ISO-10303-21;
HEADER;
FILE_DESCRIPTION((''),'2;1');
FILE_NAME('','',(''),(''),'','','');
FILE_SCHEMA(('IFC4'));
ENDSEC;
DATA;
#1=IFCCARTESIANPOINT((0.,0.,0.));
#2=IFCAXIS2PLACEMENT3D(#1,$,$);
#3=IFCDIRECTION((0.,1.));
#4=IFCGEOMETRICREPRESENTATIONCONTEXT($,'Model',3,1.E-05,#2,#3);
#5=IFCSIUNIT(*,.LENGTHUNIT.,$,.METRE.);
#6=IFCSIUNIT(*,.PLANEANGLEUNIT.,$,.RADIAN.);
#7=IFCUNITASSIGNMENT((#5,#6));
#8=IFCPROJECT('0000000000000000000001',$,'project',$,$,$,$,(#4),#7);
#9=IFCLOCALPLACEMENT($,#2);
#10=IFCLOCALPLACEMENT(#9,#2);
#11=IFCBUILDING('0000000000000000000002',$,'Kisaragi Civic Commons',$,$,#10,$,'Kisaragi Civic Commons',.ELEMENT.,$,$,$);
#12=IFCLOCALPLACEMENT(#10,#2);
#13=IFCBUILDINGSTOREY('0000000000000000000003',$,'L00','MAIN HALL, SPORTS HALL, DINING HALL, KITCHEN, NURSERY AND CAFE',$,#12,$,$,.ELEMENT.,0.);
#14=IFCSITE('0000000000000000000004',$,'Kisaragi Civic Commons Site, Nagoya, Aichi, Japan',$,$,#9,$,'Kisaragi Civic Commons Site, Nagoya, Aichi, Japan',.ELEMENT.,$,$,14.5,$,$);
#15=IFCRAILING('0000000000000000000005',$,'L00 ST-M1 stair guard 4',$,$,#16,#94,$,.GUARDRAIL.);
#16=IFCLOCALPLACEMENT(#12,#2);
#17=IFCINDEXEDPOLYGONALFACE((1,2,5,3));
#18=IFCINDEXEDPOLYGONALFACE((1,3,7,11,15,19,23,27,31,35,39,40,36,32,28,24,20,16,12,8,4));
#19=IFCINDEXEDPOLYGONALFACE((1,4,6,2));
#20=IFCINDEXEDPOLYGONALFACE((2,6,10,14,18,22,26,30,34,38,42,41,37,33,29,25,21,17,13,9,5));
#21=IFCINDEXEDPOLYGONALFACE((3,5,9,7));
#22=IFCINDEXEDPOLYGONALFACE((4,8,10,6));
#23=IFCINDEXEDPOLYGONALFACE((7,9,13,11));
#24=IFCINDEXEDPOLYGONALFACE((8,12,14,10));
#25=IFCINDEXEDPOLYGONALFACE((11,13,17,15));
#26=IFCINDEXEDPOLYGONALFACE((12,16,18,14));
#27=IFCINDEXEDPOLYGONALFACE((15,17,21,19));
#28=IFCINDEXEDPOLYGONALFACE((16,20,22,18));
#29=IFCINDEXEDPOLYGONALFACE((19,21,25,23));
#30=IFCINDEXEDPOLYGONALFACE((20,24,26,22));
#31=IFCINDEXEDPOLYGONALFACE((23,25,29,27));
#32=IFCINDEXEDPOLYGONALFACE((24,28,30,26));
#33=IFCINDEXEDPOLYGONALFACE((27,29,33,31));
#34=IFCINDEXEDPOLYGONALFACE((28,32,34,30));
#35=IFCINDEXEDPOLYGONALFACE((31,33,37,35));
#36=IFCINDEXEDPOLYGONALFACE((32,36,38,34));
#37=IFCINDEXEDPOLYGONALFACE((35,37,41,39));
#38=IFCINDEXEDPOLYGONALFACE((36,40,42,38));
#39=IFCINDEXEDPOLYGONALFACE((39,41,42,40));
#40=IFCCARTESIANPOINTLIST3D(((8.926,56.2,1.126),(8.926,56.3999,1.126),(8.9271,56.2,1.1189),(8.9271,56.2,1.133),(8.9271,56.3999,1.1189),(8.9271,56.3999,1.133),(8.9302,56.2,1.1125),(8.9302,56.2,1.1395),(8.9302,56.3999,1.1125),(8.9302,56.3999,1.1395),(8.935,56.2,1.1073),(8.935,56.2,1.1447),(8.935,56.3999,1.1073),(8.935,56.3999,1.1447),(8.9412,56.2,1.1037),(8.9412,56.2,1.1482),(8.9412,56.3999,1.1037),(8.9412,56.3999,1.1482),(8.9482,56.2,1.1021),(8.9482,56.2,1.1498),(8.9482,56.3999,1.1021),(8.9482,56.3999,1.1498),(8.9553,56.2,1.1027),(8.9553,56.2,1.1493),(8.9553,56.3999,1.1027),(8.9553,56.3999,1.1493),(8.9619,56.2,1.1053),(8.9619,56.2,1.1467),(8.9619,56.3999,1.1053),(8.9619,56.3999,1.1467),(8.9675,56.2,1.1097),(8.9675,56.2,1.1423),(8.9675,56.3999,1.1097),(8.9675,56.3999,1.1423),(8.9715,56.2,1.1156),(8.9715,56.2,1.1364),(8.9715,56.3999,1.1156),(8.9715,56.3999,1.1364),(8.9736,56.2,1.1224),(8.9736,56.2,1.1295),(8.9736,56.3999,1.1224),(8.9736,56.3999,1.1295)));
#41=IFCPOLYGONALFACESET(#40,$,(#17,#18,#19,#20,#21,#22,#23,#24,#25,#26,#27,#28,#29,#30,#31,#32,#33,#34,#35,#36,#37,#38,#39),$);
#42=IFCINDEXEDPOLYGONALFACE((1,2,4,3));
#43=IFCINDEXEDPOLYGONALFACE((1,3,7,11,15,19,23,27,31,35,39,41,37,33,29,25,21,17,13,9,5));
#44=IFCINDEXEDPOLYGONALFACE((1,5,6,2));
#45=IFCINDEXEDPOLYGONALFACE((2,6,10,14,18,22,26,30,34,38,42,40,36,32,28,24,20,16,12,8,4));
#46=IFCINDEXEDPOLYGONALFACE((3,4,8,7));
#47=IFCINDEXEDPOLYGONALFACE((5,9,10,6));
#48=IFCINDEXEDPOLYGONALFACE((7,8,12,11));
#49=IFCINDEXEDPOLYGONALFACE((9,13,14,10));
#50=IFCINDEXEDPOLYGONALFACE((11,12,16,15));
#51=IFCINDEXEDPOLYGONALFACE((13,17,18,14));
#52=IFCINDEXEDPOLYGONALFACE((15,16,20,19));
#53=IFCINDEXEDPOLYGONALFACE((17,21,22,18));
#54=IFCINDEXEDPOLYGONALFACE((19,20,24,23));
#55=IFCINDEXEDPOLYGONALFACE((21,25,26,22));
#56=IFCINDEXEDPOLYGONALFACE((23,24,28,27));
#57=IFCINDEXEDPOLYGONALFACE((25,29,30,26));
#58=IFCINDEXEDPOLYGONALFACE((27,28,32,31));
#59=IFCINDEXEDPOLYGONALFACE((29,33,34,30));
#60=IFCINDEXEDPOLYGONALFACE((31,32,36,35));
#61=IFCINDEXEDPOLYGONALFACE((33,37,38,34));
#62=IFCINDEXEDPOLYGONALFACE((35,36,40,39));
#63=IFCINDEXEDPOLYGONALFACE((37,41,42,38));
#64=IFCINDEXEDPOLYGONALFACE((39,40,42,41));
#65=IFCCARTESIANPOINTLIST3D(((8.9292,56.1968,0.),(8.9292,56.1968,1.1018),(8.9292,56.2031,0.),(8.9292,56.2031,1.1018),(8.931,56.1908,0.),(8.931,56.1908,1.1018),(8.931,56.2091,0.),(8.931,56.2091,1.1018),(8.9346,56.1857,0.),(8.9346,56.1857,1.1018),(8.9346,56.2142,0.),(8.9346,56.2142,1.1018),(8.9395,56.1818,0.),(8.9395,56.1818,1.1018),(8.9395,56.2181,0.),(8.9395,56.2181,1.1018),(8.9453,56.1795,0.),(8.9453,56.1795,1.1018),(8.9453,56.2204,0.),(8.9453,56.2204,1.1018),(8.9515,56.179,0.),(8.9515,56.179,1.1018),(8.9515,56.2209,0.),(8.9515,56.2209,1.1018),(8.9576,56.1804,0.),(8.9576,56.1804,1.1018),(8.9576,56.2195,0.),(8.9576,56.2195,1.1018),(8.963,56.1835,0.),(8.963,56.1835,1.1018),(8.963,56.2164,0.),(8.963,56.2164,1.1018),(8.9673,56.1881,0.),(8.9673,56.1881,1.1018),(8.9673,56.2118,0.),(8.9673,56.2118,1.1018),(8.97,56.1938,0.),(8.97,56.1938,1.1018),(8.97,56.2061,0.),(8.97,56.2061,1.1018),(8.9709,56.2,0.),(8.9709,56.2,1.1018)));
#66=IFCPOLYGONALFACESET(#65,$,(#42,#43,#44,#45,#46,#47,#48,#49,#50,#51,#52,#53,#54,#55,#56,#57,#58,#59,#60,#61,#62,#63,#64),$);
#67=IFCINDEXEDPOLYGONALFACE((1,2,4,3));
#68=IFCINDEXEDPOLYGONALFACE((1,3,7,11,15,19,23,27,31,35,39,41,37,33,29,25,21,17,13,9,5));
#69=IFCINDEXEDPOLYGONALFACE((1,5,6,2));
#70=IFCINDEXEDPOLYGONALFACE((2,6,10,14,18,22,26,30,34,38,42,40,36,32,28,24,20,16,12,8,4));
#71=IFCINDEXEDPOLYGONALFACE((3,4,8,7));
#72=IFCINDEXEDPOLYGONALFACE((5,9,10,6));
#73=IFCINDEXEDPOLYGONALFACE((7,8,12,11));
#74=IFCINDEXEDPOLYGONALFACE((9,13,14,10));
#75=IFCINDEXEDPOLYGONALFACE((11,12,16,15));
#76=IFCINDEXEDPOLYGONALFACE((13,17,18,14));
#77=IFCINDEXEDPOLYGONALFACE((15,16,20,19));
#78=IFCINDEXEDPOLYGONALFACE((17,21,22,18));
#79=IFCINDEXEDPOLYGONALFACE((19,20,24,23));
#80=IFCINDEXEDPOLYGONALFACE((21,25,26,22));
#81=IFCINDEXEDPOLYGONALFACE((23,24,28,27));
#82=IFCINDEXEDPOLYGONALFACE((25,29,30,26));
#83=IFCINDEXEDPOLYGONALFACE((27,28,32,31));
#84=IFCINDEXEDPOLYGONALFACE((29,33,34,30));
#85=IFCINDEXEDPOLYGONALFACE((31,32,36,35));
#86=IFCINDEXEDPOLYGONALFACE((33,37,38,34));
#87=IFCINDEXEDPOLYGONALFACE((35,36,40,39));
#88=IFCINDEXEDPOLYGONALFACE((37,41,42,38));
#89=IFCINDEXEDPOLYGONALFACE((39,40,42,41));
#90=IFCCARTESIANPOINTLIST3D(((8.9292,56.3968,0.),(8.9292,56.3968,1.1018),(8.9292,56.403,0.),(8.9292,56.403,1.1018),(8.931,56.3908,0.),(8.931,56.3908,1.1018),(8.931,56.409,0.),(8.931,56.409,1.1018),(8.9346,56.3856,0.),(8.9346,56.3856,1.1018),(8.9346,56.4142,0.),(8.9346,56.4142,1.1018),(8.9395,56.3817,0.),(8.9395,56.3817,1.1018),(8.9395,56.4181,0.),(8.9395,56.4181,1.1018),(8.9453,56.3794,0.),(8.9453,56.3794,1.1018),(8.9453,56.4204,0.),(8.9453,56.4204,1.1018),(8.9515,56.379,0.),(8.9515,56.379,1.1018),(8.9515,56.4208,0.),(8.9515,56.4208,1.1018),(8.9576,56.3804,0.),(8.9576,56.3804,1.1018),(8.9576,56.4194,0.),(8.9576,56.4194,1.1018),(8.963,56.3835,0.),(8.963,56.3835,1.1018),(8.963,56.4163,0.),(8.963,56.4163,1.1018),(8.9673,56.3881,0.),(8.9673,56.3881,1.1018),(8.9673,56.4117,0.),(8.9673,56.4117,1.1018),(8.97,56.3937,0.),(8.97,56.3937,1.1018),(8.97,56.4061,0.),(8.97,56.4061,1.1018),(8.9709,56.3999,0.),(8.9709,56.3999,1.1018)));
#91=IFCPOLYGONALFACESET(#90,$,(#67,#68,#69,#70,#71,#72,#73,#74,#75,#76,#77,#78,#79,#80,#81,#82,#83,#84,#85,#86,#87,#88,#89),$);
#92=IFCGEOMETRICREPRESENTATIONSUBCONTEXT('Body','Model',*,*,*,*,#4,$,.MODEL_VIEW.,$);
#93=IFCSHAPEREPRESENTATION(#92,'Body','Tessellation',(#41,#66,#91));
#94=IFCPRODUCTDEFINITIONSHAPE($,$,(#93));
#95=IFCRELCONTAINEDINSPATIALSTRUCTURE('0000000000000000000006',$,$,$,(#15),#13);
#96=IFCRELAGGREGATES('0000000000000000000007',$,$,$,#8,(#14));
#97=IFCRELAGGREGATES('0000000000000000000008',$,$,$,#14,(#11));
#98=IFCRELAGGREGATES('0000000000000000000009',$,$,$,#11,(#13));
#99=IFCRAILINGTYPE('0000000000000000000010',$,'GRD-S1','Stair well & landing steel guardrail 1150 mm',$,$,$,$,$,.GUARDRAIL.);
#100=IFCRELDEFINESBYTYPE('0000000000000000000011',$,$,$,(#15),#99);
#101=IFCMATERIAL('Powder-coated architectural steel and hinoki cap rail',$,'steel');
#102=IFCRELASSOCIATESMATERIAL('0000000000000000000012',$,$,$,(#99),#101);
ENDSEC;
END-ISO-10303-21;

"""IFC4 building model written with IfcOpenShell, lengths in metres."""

from ifc_helpers import new_model, si_unit, direction, frame, origin, origin_2d, place, context, subcontext, project, spatial, circle, extrude, material, type_object, element, save


model = new_model("IFC4")

# Units and contexts
model_context = context("Model", 3, precision=1e-05, world=origin(), true_north=direction((0.0, 1.0)))
body_context = subcontext(model_context, "Body", "Model", "MODEL_VIEW")
ifc_project = project(units=[si_unit("LENGTHUNIT", "METRE"), si_unit("PLANEANGLEUNIT", "RADIAN")], contexts=[model_context])

# Site, building, storey
site_placement = place(None, origin())
site = spatial("IfcSite", under=ifc_project, at=site_placement, Name="Kisaragi Civic Commons Site, Nagoya, Aichi, Japan", LongName="Kisaragi Civic Commons Site, Nagoya, Aichi, Japan", CompositionType="ELEMENT", RefElevation=14.5)
building_placement = place(site_placement, origin())
building = spatial("IfcBuilding", under=site, at=building_placement, Name="Kisaragi Civic Commons", LongName="Kisaragi Civic Commons", CompositionType="ELEMENT")
storey_placement = place(building_placement, origin())
storey = spatial("IfcBuildingStorey", under=building, at=storey_placement, Name="L00", Description="MAIN HALL, SPORTS HALL, DINING HALL, KITCHEN, NURSERY AND CAFE", CompositionType="ELEMENT", Elevation=0.0)

# Railing
ifc_material_1 = material(Name="Powder-coated architectural steel and hinoki cap rail", Category="steel")
railing_type_1 = type_object("IfcRailingType", Name="GRD-S1", Description="Stair well & landing steel guardrail 1150 mm", PredefinedType="GUARDRAIL", material=ifc_material_1)
railing_1_placement = place(storey_placement, frame((8.95, 56.2, 0.0)))
element("IfcRailing", 1, at=railing_1_placement, inside=storey, type_object=railing_type_1, Name="L00 ST-M1 stair guard 4", PredefinedType="GUARDRAIL", context=body_context, shape_type="SweptSolid", body=[
    extrude(circle(Radius=0.0239, at=origin_2d()), frame((0.0, 0.0, 1.126), z_axis=(0.0, 1.0, 0.0), x_axis=(-1.0, 0.0, 0.0)), (0.0, 0.0, 1.0), 0.2),
    extrude(circle(Radius=0.021, at=origin_2d()), origin(), (0.0, 0.0, 1.0), 1.1018),
    extrude(circle(Radius=0.021, at=origin_2d()), frame((0.0, 0.2, 0.0)), (0.0, 0.0, 1.0), 1.1018),
])

save(model, "model.ifc")
